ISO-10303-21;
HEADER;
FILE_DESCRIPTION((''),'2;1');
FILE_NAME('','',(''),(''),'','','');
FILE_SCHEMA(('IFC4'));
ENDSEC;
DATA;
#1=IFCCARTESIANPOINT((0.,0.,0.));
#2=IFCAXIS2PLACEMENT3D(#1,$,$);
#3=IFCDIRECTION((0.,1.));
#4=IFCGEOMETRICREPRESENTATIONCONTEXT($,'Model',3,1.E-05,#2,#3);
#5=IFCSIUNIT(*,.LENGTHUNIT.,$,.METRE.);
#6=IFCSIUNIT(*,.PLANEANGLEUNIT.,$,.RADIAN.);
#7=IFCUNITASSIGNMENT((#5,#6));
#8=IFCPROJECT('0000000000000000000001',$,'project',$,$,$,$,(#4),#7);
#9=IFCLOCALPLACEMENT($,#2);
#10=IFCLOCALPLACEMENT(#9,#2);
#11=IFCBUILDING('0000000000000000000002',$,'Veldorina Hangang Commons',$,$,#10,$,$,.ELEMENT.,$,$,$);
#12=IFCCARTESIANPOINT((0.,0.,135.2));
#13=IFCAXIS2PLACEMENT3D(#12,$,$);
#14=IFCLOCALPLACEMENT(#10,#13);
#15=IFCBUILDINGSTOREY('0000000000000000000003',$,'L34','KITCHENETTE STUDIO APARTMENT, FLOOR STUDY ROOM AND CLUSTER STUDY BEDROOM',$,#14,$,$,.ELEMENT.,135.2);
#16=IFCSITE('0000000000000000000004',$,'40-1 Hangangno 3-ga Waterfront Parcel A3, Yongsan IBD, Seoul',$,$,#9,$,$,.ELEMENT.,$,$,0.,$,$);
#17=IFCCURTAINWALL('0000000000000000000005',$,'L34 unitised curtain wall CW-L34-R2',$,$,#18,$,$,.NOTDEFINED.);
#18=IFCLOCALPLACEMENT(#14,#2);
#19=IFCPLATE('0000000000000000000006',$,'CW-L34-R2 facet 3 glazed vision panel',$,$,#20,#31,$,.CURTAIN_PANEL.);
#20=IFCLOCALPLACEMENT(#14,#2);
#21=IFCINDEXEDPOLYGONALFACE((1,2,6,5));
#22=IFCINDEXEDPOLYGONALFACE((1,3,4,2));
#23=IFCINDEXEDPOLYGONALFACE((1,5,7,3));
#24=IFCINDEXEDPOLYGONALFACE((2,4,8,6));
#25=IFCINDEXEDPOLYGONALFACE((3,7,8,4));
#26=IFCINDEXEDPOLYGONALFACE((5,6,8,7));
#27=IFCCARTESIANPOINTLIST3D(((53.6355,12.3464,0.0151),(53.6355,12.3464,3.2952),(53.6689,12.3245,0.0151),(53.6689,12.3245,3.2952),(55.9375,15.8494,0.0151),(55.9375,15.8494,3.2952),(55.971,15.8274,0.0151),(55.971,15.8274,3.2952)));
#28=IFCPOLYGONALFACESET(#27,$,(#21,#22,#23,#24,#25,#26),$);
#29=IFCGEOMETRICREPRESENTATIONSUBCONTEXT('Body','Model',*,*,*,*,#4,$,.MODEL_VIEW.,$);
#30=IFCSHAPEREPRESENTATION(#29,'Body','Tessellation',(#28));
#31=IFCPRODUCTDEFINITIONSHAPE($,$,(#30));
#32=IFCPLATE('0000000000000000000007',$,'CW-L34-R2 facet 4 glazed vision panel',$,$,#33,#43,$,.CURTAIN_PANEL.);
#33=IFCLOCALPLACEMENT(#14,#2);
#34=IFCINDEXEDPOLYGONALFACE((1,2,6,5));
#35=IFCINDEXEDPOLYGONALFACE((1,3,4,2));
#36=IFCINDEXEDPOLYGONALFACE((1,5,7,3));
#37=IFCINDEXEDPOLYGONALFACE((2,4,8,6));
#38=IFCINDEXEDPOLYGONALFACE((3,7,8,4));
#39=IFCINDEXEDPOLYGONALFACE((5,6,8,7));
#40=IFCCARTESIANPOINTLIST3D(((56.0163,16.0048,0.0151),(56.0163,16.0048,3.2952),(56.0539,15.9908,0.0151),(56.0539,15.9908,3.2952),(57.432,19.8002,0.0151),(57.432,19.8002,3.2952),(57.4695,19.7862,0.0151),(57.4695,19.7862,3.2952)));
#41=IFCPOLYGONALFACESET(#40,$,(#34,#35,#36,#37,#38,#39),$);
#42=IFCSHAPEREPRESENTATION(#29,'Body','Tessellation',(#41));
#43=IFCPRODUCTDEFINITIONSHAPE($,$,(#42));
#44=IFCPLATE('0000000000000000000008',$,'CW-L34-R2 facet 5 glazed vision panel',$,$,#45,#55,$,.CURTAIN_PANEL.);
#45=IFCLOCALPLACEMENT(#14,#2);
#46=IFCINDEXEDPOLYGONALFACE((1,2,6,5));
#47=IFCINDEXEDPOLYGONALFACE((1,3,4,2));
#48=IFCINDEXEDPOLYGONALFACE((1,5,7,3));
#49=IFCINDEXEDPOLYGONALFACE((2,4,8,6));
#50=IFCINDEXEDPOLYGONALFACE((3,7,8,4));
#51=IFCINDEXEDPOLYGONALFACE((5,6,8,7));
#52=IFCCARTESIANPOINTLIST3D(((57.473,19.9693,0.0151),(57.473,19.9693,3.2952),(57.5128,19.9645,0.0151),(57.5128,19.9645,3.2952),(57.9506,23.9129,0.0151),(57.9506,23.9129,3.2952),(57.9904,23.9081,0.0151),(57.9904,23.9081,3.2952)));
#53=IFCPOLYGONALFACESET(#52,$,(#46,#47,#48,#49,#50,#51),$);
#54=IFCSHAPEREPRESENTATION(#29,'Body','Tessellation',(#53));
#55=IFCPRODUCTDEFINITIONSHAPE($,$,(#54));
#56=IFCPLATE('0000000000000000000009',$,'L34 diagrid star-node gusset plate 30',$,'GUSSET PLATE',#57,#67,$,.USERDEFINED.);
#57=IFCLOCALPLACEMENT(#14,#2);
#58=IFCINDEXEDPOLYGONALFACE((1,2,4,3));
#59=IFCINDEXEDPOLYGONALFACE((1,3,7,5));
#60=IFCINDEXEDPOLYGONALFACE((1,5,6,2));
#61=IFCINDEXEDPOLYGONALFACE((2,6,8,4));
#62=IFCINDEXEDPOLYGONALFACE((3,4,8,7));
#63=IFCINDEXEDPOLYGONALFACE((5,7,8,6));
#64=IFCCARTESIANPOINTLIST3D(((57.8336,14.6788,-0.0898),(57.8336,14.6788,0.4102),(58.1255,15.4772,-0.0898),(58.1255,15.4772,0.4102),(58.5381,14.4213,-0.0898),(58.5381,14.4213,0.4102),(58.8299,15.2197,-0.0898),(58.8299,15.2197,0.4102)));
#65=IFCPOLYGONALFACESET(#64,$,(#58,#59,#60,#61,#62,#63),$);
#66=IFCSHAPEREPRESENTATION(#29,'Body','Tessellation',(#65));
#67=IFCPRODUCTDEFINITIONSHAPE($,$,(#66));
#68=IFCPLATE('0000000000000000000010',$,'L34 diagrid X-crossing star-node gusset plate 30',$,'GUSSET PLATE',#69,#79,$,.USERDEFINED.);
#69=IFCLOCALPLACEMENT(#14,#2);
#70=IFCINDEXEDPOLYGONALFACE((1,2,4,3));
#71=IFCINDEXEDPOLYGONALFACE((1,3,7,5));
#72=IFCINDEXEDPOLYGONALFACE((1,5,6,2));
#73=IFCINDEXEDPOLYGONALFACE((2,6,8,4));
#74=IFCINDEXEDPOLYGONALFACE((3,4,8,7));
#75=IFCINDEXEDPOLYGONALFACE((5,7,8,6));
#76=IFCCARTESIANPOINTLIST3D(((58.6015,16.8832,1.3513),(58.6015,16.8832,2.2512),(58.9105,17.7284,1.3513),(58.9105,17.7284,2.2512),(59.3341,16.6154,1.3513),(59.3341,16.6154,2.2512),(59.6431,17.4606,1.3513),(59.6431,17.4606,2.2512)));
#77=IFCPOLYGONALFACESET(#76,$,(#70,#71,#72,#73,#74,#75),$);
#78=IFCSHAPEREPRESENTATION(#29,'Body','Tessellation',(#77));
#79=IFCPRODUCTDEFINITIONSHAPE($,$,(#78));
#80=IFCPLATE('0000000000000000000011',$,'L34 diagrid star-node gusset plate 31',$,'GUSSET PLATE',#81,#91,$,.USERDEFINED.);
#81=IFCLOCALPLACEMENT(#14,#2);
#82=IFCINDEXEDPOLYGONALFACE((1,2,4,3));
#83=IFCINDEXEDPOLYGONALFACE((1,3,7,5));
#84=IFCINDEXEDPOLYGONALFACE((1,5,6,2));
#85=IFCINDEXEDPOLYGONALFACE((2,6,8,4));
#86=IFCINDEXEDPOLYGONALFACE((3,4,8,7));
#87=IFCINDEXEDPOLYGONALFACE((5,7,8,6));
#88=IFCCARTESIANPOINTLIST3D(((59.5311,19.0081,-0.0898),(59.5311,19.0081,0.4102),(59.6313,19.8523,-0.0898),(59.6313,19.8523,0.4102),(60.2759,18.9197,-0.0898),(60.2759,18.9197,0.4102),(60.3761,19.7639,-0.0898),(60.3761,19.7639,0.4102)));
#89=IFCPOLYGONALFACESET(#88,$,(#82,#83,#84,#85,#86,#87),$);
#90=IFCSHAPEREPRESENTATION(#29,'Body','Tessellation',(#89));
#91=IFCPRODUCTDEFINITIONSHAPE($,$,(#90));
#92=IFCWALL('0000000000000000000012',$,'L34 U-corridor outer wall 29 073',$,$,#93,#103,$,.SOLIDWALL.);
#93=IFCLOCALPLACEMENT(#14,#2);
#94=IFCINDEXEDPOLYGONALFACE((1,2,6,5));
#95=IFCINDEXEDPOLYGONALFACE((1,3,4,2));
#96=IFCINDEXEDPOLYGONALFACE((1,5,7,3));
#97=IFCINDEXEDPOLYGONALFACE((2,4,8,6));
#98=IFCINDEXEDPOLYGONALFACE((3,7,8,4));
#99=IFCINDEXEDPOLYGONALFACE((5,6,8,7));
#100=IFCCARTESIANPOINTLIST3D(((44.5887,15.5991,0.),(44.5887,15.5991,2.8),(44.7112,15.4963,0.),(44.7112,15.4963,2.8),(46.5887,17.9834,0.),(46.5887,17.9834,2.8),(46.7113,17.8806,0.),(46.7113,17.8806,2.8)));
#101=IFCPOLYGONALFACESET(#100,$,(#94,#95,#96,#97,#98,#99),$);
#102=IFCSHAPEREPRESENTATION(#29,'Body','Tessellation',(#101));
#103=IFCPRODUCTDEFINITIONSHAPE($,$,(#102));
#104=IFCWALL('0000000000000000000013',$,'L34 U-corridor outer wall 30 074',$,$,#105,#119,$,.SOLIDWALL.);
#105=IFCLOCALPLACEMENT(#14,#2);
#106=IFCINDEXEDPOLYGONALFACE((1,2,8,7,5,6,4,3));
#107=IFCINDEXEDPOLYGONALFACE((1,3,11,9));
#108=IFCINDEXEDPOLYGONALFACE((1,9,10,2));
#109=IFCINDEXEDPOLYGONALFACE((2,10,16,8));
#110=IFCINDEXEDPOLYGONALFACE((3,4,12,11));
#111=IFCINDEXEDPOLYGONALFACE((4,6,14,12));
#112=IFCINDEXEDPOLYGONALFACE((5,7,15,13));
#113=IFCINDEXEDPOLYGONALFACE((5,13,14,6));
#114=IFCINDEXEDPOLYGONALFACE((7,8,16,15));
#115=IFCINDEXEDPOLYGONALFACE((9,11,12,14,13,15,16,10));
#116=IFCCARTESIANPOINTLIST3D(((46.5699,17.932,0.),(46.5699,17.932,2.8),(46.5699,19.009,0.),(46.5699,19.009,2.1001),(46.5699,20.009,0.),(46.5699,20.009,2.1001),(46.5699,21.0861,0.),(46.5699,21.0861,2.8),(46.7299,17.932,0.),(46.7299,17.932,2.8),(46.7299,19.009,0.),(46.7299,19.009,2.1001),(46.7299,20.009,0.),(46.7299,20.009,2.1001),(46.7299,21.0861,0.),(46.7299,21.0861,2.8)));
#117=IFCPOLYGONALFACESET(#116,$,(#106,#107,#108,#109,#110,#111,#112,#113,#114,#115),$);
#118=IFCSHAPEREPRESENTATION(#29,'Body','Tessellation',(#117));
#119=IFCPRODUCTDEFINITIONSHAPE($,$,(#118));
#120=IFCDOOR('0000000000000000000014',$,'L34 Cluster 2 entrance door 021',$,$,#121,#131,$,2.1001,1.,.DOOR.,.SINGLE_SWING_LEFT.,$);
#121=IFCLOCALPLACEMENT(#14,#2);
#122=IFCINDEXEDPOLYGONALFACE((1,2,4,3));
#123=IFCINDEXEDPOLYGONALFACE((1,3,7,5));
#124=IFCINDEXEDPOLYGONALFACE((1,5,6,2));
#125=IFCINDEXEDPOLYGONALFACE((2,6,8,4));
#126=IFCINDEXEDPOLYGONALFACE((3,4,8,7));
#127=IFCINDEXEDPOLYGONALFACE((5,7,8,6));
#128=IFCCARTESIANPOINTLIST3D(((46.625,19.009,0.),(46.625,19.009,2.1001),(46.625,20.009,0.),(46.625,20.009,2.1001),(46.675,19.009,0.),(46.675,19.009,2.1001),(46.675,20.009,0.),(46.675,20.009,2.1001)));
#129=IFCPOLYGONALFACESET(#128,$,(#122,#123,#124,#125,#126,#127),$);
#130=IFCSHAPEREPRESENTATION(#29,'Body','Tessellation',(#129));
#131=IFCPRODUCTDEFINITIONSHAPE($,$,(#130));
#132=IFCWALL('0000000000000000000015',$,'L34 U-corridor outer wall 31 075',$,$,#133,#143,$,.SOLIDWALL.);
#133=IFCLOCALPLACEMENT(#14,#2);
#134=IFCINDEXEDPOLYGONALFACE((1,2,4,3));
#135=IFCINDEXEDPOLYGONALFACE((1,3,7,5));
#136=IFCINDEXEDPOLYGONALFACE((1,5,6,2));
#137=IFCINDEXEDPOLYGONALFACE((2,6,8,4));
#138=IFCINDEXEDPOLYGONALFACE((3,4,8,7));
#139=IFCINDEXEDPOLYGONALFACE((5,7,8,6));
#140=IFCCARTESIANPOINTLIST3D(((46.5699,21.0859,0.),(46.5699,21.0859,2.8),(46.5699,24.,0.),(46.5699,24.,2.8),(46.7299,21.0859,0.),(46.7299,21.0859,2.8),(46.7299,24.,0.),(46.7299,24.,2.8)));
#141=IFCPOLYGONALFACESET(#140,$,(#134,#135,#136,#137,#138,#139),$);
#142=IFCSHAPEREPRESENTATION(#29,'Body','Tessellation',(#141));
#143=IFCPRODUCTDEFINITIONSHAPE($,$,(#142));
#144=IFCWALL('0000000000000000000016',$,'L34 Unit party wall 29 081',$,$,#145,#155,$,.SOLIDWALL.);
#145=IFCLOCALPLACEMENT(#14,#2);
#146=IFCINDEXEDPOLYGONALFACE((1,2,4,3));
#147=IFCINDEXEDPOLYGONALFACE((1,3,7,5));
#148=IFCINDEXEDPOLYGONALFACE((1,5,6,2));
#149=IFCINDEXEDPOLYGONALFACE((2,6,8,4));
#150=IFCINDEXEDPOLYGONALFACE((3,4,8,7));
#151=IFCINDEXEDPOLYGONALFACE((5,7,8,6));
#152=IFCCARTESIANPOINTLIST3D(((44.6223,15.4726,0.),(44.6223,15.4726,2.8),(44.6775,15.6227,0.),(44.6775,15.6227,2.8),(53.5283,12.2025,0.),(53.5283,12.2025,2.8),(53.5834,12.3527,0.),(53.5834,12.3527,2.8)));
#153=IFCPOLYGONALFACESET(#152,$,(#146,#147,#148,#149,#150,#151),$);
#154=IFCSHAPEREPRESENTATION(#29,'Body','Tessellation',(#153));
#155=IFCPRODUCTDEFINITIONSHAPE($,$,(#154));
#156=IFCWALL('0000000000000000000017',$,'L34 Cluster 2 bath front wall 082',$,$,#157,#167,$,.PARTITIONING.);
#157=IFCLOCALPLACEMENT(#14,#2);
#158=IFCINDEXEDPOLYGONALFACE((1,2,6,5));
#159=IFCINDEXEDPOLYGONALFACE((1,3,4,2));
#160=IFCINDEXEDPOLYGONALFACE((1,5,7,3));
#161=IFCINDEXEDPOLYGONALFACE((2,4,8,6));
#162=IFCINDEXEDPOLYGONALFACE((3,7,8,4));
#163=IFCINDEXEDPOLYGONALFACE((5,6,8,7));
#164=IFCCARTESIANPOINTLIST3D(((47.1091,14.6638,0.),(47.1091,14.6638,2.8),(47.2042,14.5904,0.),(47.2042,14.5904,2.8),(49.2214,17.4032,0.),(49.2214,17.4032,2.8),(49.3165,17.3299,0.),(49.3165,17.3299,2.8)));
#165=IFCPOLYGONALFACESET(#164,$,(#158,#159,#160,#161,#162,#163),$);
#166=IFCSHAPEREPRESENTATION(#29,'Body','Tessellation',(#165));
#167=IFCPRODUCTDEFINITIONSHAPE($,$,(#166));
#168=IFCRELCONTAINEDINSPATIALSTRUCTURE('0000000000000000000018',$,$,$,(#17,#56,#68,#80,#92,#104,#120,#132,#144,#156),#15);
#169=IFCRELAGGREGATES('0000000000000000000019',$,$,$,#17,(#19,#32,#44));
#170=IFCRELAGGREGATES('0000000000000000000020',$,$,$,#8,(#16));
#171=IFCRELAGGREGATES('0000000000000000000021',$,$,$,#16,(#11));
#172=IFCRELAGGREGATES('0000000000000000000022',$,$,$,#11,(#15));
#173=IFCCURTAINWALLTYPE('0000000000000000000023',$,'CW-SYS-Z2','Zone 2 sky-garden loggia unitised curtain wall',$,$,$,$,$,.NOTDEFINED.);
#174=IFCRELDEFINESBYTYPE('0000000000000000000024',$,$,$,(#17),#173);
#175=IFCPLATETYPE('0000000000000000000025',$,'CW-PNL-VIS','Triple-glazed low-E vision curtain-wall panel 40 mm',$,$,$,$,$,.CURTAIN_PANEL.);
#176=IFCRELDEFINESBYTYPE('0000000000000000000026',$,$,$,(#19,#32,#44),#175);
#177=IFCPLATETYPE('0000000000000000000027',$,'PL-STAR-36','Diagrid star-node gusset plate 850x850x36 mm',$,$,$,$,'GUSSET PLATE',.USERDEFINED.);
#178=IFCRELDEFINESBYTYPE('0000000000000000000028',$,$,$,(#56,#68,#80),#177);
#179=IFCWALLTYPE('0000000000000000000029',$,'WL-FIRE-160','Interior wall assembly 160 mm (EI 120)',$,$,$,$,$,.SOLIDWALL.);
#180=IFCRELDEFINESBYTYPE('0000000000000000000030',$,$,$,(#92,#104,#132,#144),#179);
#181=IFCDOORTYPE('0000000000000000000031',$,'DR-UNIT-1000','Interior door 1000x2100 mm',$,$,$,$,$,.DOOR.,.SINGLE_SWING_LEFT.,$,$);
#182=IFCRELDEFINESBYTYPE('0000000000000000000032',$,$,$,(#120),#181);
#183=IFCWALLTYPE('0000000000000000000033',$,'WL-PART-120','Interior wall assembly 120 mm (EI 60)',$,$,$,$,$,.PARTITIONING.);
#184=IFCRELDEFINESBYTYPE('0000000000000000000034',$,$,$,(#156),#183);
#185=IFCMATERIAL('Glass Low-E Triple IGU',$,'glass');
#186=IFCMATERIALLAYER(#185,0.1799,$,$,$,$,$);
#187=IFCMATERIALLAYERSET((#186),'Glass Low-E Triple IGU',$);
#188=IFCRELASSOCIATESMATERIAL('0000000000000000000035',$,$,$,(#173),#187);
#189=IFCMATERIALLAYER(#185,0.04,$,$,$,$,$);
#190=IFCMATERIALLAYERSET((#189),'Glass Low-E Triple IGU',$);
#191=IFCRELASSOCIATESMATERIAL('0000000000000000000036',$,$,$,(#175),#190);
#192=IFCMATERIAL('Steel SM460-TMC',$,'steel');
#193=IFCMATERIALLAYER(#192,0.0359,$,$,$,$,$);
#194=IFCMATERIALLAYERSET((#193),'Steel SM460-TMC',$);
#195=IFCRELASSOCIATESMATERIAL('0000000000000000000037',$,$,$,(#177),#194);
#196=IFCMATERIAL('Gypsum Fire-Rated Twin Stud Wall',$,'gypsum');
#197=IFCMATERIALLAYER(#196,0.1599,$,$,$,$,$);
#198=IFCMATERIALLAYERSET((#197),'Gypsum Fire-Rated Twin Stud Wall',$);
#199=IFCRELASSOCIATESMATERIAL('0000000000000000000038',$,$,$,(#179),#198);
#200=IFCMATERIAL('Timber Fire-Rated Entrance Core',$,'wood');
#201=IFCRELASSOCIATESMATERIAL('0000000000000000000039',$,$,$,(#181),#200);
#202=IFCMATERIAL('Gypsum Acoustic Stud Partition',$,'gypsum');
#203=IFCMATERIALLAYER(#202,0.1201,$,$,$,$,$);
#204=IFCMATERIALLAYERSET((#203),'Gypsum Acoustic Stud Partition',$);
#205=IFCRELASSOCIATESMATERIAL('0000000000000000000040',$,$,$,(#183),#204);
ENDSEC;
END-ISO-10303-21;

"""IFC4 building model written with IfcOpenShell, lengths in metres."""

from ifc_helpers import new_model, si_unit, direction, frame, frame_2d, origin, origin_2d, place, context, subcontext, project, spatial, rectangle, extrude, material, layer, layer_set, type_object, element, fill, aggregate, save


model = new_model("IFC4")

# Units and contexts
model_context = context("Model", 3, precision=1e-05, world=origin(), true_north=direction((0.0, 1.0)))
body_context = subcontext(model_context, "Body", "Model", "MODEL_VIEW")
ifc_project = project(units=[si_unit("LENGTHUNIT", "METRE"), si_unit("PLANEANGLEUNIT", "RADIAN")], contexts=[model_context])

# Site, building, storey
site_placement = place(None, origin())
site = spatial("IfcSite", under=ifc_project, at=site_placement, Name="40-1 Hangangno 3-ga Waterfront Parcel A3, Yongsan IBD, Seoul", CompositionType="ELEMENT", RefElevation=0.0)
building_placement = place(site_placement, origin())
building = spatial("IfcBuilding", under=site, at=building_placement, Name="Veldorina Hangang Commons", CompositionType="ELEMENT")
storey_placement = place(building_placement, frame((0.0, 0.0, 135.2)))
storey = spatial("IfcBuildingStorey", under=building, at=storey_placement, Name="L34", Description="KITCHENETTE STUDIO APARTMENT, FLOOR STUDY ROOM AND CLUSTER STUDY BEDROOM", CompositionType="ELEMENT", Elevation=135.2)

# Curtain wall
ifc_material_1 = material(Name="Glass Low-E Triple IGU", Category="glass")
ifc_layer_1 = layer(ifc_material_1, 0.1799)
ifc_layer_set_1 = layer_set([ifc_layer_1], Name="Glass Low-E Triple IGU")
curtain_wall_type = type_object("IfcCurtainWallType", Name="CW-SYS-Z2", Description="Zone 2 sky-garden loggia unitised curtain wall", PredefinedType="NOTDEFINED", material=ifc_layer_set_1)
curtain_wall_placement = place(storey_placement, origin())
curtain_wall = element("IfcCurtainWall", 1, at=curtain_wall_placement, inside=storey, type_object=curtain_wall_type, Name="L34 unitised curtain wall CW-L34-R2", PredefinedType="NOTDEFINED")

# Plates
ifc_layer_2 = layer(ifc_material_1, 0.04)
ifc_layer_set_2 = layer_set([ifc_layer_2], Name="Glass Low-E Triple IGU")
plate_type_1 = type_object("IfcPlateType", Name="CW-PNL-VIS", Description="Triple-glazed low-E vision curtain-wall panel 40 mm", PredefinedType="CURTAIN_PANEL", material=ifc_layer_set_2)
plate_1_placement = place(storey_placement, frame((54.8032, 14.0869, 0.0151), z_axis=(0.0, 0.0, 1.0), x_axis=(0.549198, 0.835692, 0.0)))
plate_1 = element("IfcPlate", 2, at=plate_1_placement, type_object=plate_type_1, Name="CW-L34-R2 facet 3 glazed vision panel", PredefinedType="CURTAIN_PANEL", context=body_context, shape_type="SweptSolid", body=[
    extrude(rectangle(XDim=4.1917, YDim=0.04, at=origin_2d()), origin(), (0.0, 0.0, 1.0), 3.28),
])
plate_2_placement = place(storey_placement, frame((56.7429, 17.8955, 0.0151), z_axis=(0.0, 0.0, 1.0), x_axis=(0.349472, 0.936947, 0.0)))
plate_2 = element("IfcPlate", 3, at=plate_2_placement, type_object=plate_type_1, Name="CW-L34-R2 facet 4 glazed vision panel", PredefinedType="CURTAIN_PANEL", context=body_context, shape_type="SweptSolid", body=[
    extrude(rectangle(XDim=4.0508, YDim=0.04, at=origin_2d()), origin(), (0.0, 0.0, 1.0), 3.28),
])
plate_3_placement = place(storey_placement, frame((57.7317, 21.9387, 0.0151), z_axis=(0.0, 0.0, 1.0), x_axis=(0.120223, 0.992747, 0.0)))
plate_3 = element("IfcPlate", 4, at=plate_3_placement, type_object=plate_type_1, Name="CW-L34-R2 facet 5 glazed vision panel", PredefinedType="CURTAIN_PANEL", context=body_context, shape_type="SweptSolid", body=[
    extrude(rectangle(XDim=3.9724, YDim=0.04, at=origin_2d()), origin(), (0.0, 0.0, 1.0), 3.28),
])
aggregate(curtain_wall, [plate_1, plate_2, plate_3])

# Plates
ifc_material_2 = material(Name="Steel SM460-TMC", Category="steel")
ifc_layer_3 = layer(ifc_material_2, 0.0359)
ifc_layer_set_3 = layer_set([ifc_layer_3], Name="Steel SM460-TMC")
plate_type_2 = type_object("IfcPlateType", Name="PL-STAR-36", Description="Diagrid star-node gusset plate 850x850x36 mm", ElementType="GUSSET PLATE", PredefinedType="USERDEFINED", material=ifc_layer_set_3)
plate_4_placement = place(storey_placement, frame((58.3318, 14.9492, -0.0898), z_axis=(0.0, 0.0, 1.0), x_axis=(0.343348, 0.939208, 0.0)))
element("IfcPlate", 5, at=plate_4_placement, inside=storey, type_object=plate_type_2, Name="L34 diagrid star-node gusset plate 30", ObjectType="GUSSET PLATE", PredefinedType="USERDEFINED", context=body_context, shape_type="SweptSolid", body=[
    extrude(rectangle(XDim=0.8501, YDim=0.75, at=origin_2d()), origin(), (0.0, 0.0, 1.0), 0.5),
])
plate_5_placement = place(storey_placement, frame((59.1223, 17.1719, 1.3513), z_axis=(0.0, 0.0, 1.0), x_axis=(0.343348, 0.939208, 0.0)))
element("IfcPlate", 6, at=plate_5_placement, inside=storey, type_object=plate_type_2, Name="L34 diagrid X-crossing star-node gusset plate 30", ObjectType="GUSSET PLATE", PredefinedType="USERDEFINED", context=body_context, shape_type="SweptSolid", body=[
    extrude(rectangle(XDim=0.8999, YDim=0.78, at=origin_2d()), origin(), (0.0, 0.0, 1.0), 0.8999),
])
plate_6_placement = place(storey_placement, frame((59.9536, 19.386, -0.0898), z_axis=(0.0, 0.0, 1.0), x_axis=(0.117849, 0.993031, 0.0)))
element("IfcPlate", 7, at=plate_6_placement, inside=storey, type_object=plate_type_2, Name="L34 diagrid star-node gusset plate 31", ObjectType="GUSSET PLATE", PredefinedType="USERDEFINED", context=body_context, shape_type="SweptSolid", body=[
    extrude(rectangle(XDim=0.8501, YDim=0.75, at=origin_2d()), origin(), (0.0, 0.0, 1.0), 0.5),
])

# Wall
ifc_material_3 = material(Name="Gypsum Fire-Rated Twin Stud Wall", Category="gypsum")
ifc_layer_4 = layer(ifc_material_3, 0.1599)
ifc_layer_set_4 = layer_set([ifc_layer_4], Name="Gypsum Fire-Rated Twin Stud Wall")
wall_type_1 = type_object("IfcWallType", Name="WL-FIRE-160", Description="Interior wall assembly 160 mm (EI 120)", PredefinedType="SOLIDWALL", material=ifc_layer_set_4)
wall_1_placement = place(storey_placement, frame((44.6499, 15.5476, 0.0), z_axis=(0.0, 0.0, 1.0), x_axis=(0.642666, 0.766147, 0.0)))
element("IfcWall", 8, at=wall_1_placement, inside=storey, type_object=wall_type_1, Name="L34 U-corridor outer wall 29 073", PredefinedType="SOLIDWALL", context=body_context, shape_type="SweptSolid", body=[
    extrude(rectangle(XDim=3.1121, YDim=0.1599, at=frame_2d((1.5562, 0.0))), origin(), (0.0, 0.0, 1.0), 2.8),
])

# Wall, opening, door
wall_2_placement = place(storey_placement, frame((46.6499, 17.9319, 0.0), z_axis=(0.0, 0.0, 1.0), x_axis=(0.0, 1.0, 0.0)))
wall_2 = element("IfcWall", 9, at=wall_2_placement, inside=storey, type_object=wall_type_1, Name="L34 U-corridor outer wall 30 074", PredefinedType="SOLIDWALL", context=body_context, shape_type="SweptSolid", body=[
    extrude(rectangle(XDim=3.1541, YDim=0.1599, at=frame_2d((1.5771, 0.0))), origin(), (0.0, 0.0, 1.0), 2.8),
])
opening_1_placement = place(wall_2_placement, frame((1.0771, 0.0, 0.0)))
opening_1 = element("IfcOpeningElement", 10, at=opening_1_placement, cuts=wall_2, PredefinedType="OPENING", context=body_context, shape_type="SweptSolid", body=[
    extrude(rectangle(XDim=1.0, YDim=2.1001, at=frame_2d((0.5, 1.05))), frame((0.0, 0.0898, 0.0), z_axis=(0.0, -1.0, 0.0), x_axis=(1.0, 0.0, 0.0)), (0.0, 0.0, 1.0), 0.1799),
])
ifc_material_4 = material(Name="Timber Fire-Rated Entrance Core", Category="wood")
door_type_1 = type_object("IfcDoorType", Name="DR-UNIT-1000", Description="Interior door 1000x2100 mm", OperationType="SINGLE_SWING_LEFT", PredefinedType="DOOR", material=ifc_material_4)
door_1_placement = place(opening_1_placement, origin())
door_1 = element("IfcDoor", 11, at=door_1_placement, inside=storey, type_object=door_type_1, Name="L34 Cluster 2 entrance door 021", OperationType="SINGLE_SWING_LEFT", OverallHeight=2.1001, OverallWidth=1.0, PredefinedType="DOOR", context=body_context, shape_type="SweptSolid", body=[
    extrude(rectangle(XDim=1.0, YDim=2.1001, at=frame_2d((0.5, 1.05))), frame((0.0, 0.0249, 0.0), z_axis=(0.0, -1.0, 0.0), x_axis=(1.0, 0.0, 0.0)), (0.0, 0.0, 1.0), 0.05),
])
fill(opening_1, door_1)

# Walls
wall_3_placement = place(storey_placement, frame((46.6499, 21.0859, 0.0), z_axis=(0.0, 0.0, 1.0), x_axis=(0.0, 1.0, 0.0)))
element("IfcWall", 12, at=wall_3_placement, inside=storey, type_object=wall_type_1, Name="L34 U-corridor outer wall 31 075", PredefinedType="SOLIDWALL", context=body_context, shape_type="SweptSolid", body=[
    extrude(rectangle(XDim=2.9141, YDim=0.1599, at=frame_2d((1.457, 0.0))), origin(), (0.0, 0.0, 1.0), 2.8),
])
wall_4_placement = place(storey_placement, frame((44.6499, 15.5476, 0.0), z_axis=(0.0, 0.0, 1.0), x_axis=(0.938723, -0.344671, 0.0)))
element("IfcWall", 13, at=wall_4_placement, inside=storey, type_object=wall_type_1, Name="L34 Unit party wall 29 081", PredefinedType="SOLIDWALL", context=body_context, shape_type="SweptSolid", body=[
    extrude(rectangle(XDim=9.4873, YDim=0.1599, at=frame_2d((4.7437, 0.0))), origin(), (0.0, 0.0, 1.0), 2.8),
])
ifc_material_5 = material(Name="Gypsum Acoustic Stud Partition", Category="gypsum")
ifc_layer_5 = layer(ifc_material_5, 0.1201)
ifc_layer_set_5 = layer_set([ifc_layer_5], Name="Gypsum Acoustic Stud Partition")
wall_type_2 = type_object("IfcWallType", Name="WL-PART-120", Description="Interior wall assembly 120 mm (EI 60)", PredefinedType="PARTITIONING", material=ifc_layer_set_5)
wall_5_placement = place(storey_placement, frame((47.1567, 14.6272, 0.0), z_axis=(0.0, 0.0, 1.0), x_axis=(0.610618, 0.791926, 0.0)))
element("IfcWall", 14, at=wall_5_placement, inside=storey, type_object=wall_type_2, Name="L34 Cluster 2 bath front wall 082", PredefinedType="PARTITIONING", context=body_context, shape_type="SweptSolid", body=[
    extrude(rectangle(XDim=3.4592, YDim=0.1201, at=frame_2d((1.7295, 0.0))), origin(), (0.0, 0.0, 1.0), 2.8),
])

save(model, "model.ifc")
